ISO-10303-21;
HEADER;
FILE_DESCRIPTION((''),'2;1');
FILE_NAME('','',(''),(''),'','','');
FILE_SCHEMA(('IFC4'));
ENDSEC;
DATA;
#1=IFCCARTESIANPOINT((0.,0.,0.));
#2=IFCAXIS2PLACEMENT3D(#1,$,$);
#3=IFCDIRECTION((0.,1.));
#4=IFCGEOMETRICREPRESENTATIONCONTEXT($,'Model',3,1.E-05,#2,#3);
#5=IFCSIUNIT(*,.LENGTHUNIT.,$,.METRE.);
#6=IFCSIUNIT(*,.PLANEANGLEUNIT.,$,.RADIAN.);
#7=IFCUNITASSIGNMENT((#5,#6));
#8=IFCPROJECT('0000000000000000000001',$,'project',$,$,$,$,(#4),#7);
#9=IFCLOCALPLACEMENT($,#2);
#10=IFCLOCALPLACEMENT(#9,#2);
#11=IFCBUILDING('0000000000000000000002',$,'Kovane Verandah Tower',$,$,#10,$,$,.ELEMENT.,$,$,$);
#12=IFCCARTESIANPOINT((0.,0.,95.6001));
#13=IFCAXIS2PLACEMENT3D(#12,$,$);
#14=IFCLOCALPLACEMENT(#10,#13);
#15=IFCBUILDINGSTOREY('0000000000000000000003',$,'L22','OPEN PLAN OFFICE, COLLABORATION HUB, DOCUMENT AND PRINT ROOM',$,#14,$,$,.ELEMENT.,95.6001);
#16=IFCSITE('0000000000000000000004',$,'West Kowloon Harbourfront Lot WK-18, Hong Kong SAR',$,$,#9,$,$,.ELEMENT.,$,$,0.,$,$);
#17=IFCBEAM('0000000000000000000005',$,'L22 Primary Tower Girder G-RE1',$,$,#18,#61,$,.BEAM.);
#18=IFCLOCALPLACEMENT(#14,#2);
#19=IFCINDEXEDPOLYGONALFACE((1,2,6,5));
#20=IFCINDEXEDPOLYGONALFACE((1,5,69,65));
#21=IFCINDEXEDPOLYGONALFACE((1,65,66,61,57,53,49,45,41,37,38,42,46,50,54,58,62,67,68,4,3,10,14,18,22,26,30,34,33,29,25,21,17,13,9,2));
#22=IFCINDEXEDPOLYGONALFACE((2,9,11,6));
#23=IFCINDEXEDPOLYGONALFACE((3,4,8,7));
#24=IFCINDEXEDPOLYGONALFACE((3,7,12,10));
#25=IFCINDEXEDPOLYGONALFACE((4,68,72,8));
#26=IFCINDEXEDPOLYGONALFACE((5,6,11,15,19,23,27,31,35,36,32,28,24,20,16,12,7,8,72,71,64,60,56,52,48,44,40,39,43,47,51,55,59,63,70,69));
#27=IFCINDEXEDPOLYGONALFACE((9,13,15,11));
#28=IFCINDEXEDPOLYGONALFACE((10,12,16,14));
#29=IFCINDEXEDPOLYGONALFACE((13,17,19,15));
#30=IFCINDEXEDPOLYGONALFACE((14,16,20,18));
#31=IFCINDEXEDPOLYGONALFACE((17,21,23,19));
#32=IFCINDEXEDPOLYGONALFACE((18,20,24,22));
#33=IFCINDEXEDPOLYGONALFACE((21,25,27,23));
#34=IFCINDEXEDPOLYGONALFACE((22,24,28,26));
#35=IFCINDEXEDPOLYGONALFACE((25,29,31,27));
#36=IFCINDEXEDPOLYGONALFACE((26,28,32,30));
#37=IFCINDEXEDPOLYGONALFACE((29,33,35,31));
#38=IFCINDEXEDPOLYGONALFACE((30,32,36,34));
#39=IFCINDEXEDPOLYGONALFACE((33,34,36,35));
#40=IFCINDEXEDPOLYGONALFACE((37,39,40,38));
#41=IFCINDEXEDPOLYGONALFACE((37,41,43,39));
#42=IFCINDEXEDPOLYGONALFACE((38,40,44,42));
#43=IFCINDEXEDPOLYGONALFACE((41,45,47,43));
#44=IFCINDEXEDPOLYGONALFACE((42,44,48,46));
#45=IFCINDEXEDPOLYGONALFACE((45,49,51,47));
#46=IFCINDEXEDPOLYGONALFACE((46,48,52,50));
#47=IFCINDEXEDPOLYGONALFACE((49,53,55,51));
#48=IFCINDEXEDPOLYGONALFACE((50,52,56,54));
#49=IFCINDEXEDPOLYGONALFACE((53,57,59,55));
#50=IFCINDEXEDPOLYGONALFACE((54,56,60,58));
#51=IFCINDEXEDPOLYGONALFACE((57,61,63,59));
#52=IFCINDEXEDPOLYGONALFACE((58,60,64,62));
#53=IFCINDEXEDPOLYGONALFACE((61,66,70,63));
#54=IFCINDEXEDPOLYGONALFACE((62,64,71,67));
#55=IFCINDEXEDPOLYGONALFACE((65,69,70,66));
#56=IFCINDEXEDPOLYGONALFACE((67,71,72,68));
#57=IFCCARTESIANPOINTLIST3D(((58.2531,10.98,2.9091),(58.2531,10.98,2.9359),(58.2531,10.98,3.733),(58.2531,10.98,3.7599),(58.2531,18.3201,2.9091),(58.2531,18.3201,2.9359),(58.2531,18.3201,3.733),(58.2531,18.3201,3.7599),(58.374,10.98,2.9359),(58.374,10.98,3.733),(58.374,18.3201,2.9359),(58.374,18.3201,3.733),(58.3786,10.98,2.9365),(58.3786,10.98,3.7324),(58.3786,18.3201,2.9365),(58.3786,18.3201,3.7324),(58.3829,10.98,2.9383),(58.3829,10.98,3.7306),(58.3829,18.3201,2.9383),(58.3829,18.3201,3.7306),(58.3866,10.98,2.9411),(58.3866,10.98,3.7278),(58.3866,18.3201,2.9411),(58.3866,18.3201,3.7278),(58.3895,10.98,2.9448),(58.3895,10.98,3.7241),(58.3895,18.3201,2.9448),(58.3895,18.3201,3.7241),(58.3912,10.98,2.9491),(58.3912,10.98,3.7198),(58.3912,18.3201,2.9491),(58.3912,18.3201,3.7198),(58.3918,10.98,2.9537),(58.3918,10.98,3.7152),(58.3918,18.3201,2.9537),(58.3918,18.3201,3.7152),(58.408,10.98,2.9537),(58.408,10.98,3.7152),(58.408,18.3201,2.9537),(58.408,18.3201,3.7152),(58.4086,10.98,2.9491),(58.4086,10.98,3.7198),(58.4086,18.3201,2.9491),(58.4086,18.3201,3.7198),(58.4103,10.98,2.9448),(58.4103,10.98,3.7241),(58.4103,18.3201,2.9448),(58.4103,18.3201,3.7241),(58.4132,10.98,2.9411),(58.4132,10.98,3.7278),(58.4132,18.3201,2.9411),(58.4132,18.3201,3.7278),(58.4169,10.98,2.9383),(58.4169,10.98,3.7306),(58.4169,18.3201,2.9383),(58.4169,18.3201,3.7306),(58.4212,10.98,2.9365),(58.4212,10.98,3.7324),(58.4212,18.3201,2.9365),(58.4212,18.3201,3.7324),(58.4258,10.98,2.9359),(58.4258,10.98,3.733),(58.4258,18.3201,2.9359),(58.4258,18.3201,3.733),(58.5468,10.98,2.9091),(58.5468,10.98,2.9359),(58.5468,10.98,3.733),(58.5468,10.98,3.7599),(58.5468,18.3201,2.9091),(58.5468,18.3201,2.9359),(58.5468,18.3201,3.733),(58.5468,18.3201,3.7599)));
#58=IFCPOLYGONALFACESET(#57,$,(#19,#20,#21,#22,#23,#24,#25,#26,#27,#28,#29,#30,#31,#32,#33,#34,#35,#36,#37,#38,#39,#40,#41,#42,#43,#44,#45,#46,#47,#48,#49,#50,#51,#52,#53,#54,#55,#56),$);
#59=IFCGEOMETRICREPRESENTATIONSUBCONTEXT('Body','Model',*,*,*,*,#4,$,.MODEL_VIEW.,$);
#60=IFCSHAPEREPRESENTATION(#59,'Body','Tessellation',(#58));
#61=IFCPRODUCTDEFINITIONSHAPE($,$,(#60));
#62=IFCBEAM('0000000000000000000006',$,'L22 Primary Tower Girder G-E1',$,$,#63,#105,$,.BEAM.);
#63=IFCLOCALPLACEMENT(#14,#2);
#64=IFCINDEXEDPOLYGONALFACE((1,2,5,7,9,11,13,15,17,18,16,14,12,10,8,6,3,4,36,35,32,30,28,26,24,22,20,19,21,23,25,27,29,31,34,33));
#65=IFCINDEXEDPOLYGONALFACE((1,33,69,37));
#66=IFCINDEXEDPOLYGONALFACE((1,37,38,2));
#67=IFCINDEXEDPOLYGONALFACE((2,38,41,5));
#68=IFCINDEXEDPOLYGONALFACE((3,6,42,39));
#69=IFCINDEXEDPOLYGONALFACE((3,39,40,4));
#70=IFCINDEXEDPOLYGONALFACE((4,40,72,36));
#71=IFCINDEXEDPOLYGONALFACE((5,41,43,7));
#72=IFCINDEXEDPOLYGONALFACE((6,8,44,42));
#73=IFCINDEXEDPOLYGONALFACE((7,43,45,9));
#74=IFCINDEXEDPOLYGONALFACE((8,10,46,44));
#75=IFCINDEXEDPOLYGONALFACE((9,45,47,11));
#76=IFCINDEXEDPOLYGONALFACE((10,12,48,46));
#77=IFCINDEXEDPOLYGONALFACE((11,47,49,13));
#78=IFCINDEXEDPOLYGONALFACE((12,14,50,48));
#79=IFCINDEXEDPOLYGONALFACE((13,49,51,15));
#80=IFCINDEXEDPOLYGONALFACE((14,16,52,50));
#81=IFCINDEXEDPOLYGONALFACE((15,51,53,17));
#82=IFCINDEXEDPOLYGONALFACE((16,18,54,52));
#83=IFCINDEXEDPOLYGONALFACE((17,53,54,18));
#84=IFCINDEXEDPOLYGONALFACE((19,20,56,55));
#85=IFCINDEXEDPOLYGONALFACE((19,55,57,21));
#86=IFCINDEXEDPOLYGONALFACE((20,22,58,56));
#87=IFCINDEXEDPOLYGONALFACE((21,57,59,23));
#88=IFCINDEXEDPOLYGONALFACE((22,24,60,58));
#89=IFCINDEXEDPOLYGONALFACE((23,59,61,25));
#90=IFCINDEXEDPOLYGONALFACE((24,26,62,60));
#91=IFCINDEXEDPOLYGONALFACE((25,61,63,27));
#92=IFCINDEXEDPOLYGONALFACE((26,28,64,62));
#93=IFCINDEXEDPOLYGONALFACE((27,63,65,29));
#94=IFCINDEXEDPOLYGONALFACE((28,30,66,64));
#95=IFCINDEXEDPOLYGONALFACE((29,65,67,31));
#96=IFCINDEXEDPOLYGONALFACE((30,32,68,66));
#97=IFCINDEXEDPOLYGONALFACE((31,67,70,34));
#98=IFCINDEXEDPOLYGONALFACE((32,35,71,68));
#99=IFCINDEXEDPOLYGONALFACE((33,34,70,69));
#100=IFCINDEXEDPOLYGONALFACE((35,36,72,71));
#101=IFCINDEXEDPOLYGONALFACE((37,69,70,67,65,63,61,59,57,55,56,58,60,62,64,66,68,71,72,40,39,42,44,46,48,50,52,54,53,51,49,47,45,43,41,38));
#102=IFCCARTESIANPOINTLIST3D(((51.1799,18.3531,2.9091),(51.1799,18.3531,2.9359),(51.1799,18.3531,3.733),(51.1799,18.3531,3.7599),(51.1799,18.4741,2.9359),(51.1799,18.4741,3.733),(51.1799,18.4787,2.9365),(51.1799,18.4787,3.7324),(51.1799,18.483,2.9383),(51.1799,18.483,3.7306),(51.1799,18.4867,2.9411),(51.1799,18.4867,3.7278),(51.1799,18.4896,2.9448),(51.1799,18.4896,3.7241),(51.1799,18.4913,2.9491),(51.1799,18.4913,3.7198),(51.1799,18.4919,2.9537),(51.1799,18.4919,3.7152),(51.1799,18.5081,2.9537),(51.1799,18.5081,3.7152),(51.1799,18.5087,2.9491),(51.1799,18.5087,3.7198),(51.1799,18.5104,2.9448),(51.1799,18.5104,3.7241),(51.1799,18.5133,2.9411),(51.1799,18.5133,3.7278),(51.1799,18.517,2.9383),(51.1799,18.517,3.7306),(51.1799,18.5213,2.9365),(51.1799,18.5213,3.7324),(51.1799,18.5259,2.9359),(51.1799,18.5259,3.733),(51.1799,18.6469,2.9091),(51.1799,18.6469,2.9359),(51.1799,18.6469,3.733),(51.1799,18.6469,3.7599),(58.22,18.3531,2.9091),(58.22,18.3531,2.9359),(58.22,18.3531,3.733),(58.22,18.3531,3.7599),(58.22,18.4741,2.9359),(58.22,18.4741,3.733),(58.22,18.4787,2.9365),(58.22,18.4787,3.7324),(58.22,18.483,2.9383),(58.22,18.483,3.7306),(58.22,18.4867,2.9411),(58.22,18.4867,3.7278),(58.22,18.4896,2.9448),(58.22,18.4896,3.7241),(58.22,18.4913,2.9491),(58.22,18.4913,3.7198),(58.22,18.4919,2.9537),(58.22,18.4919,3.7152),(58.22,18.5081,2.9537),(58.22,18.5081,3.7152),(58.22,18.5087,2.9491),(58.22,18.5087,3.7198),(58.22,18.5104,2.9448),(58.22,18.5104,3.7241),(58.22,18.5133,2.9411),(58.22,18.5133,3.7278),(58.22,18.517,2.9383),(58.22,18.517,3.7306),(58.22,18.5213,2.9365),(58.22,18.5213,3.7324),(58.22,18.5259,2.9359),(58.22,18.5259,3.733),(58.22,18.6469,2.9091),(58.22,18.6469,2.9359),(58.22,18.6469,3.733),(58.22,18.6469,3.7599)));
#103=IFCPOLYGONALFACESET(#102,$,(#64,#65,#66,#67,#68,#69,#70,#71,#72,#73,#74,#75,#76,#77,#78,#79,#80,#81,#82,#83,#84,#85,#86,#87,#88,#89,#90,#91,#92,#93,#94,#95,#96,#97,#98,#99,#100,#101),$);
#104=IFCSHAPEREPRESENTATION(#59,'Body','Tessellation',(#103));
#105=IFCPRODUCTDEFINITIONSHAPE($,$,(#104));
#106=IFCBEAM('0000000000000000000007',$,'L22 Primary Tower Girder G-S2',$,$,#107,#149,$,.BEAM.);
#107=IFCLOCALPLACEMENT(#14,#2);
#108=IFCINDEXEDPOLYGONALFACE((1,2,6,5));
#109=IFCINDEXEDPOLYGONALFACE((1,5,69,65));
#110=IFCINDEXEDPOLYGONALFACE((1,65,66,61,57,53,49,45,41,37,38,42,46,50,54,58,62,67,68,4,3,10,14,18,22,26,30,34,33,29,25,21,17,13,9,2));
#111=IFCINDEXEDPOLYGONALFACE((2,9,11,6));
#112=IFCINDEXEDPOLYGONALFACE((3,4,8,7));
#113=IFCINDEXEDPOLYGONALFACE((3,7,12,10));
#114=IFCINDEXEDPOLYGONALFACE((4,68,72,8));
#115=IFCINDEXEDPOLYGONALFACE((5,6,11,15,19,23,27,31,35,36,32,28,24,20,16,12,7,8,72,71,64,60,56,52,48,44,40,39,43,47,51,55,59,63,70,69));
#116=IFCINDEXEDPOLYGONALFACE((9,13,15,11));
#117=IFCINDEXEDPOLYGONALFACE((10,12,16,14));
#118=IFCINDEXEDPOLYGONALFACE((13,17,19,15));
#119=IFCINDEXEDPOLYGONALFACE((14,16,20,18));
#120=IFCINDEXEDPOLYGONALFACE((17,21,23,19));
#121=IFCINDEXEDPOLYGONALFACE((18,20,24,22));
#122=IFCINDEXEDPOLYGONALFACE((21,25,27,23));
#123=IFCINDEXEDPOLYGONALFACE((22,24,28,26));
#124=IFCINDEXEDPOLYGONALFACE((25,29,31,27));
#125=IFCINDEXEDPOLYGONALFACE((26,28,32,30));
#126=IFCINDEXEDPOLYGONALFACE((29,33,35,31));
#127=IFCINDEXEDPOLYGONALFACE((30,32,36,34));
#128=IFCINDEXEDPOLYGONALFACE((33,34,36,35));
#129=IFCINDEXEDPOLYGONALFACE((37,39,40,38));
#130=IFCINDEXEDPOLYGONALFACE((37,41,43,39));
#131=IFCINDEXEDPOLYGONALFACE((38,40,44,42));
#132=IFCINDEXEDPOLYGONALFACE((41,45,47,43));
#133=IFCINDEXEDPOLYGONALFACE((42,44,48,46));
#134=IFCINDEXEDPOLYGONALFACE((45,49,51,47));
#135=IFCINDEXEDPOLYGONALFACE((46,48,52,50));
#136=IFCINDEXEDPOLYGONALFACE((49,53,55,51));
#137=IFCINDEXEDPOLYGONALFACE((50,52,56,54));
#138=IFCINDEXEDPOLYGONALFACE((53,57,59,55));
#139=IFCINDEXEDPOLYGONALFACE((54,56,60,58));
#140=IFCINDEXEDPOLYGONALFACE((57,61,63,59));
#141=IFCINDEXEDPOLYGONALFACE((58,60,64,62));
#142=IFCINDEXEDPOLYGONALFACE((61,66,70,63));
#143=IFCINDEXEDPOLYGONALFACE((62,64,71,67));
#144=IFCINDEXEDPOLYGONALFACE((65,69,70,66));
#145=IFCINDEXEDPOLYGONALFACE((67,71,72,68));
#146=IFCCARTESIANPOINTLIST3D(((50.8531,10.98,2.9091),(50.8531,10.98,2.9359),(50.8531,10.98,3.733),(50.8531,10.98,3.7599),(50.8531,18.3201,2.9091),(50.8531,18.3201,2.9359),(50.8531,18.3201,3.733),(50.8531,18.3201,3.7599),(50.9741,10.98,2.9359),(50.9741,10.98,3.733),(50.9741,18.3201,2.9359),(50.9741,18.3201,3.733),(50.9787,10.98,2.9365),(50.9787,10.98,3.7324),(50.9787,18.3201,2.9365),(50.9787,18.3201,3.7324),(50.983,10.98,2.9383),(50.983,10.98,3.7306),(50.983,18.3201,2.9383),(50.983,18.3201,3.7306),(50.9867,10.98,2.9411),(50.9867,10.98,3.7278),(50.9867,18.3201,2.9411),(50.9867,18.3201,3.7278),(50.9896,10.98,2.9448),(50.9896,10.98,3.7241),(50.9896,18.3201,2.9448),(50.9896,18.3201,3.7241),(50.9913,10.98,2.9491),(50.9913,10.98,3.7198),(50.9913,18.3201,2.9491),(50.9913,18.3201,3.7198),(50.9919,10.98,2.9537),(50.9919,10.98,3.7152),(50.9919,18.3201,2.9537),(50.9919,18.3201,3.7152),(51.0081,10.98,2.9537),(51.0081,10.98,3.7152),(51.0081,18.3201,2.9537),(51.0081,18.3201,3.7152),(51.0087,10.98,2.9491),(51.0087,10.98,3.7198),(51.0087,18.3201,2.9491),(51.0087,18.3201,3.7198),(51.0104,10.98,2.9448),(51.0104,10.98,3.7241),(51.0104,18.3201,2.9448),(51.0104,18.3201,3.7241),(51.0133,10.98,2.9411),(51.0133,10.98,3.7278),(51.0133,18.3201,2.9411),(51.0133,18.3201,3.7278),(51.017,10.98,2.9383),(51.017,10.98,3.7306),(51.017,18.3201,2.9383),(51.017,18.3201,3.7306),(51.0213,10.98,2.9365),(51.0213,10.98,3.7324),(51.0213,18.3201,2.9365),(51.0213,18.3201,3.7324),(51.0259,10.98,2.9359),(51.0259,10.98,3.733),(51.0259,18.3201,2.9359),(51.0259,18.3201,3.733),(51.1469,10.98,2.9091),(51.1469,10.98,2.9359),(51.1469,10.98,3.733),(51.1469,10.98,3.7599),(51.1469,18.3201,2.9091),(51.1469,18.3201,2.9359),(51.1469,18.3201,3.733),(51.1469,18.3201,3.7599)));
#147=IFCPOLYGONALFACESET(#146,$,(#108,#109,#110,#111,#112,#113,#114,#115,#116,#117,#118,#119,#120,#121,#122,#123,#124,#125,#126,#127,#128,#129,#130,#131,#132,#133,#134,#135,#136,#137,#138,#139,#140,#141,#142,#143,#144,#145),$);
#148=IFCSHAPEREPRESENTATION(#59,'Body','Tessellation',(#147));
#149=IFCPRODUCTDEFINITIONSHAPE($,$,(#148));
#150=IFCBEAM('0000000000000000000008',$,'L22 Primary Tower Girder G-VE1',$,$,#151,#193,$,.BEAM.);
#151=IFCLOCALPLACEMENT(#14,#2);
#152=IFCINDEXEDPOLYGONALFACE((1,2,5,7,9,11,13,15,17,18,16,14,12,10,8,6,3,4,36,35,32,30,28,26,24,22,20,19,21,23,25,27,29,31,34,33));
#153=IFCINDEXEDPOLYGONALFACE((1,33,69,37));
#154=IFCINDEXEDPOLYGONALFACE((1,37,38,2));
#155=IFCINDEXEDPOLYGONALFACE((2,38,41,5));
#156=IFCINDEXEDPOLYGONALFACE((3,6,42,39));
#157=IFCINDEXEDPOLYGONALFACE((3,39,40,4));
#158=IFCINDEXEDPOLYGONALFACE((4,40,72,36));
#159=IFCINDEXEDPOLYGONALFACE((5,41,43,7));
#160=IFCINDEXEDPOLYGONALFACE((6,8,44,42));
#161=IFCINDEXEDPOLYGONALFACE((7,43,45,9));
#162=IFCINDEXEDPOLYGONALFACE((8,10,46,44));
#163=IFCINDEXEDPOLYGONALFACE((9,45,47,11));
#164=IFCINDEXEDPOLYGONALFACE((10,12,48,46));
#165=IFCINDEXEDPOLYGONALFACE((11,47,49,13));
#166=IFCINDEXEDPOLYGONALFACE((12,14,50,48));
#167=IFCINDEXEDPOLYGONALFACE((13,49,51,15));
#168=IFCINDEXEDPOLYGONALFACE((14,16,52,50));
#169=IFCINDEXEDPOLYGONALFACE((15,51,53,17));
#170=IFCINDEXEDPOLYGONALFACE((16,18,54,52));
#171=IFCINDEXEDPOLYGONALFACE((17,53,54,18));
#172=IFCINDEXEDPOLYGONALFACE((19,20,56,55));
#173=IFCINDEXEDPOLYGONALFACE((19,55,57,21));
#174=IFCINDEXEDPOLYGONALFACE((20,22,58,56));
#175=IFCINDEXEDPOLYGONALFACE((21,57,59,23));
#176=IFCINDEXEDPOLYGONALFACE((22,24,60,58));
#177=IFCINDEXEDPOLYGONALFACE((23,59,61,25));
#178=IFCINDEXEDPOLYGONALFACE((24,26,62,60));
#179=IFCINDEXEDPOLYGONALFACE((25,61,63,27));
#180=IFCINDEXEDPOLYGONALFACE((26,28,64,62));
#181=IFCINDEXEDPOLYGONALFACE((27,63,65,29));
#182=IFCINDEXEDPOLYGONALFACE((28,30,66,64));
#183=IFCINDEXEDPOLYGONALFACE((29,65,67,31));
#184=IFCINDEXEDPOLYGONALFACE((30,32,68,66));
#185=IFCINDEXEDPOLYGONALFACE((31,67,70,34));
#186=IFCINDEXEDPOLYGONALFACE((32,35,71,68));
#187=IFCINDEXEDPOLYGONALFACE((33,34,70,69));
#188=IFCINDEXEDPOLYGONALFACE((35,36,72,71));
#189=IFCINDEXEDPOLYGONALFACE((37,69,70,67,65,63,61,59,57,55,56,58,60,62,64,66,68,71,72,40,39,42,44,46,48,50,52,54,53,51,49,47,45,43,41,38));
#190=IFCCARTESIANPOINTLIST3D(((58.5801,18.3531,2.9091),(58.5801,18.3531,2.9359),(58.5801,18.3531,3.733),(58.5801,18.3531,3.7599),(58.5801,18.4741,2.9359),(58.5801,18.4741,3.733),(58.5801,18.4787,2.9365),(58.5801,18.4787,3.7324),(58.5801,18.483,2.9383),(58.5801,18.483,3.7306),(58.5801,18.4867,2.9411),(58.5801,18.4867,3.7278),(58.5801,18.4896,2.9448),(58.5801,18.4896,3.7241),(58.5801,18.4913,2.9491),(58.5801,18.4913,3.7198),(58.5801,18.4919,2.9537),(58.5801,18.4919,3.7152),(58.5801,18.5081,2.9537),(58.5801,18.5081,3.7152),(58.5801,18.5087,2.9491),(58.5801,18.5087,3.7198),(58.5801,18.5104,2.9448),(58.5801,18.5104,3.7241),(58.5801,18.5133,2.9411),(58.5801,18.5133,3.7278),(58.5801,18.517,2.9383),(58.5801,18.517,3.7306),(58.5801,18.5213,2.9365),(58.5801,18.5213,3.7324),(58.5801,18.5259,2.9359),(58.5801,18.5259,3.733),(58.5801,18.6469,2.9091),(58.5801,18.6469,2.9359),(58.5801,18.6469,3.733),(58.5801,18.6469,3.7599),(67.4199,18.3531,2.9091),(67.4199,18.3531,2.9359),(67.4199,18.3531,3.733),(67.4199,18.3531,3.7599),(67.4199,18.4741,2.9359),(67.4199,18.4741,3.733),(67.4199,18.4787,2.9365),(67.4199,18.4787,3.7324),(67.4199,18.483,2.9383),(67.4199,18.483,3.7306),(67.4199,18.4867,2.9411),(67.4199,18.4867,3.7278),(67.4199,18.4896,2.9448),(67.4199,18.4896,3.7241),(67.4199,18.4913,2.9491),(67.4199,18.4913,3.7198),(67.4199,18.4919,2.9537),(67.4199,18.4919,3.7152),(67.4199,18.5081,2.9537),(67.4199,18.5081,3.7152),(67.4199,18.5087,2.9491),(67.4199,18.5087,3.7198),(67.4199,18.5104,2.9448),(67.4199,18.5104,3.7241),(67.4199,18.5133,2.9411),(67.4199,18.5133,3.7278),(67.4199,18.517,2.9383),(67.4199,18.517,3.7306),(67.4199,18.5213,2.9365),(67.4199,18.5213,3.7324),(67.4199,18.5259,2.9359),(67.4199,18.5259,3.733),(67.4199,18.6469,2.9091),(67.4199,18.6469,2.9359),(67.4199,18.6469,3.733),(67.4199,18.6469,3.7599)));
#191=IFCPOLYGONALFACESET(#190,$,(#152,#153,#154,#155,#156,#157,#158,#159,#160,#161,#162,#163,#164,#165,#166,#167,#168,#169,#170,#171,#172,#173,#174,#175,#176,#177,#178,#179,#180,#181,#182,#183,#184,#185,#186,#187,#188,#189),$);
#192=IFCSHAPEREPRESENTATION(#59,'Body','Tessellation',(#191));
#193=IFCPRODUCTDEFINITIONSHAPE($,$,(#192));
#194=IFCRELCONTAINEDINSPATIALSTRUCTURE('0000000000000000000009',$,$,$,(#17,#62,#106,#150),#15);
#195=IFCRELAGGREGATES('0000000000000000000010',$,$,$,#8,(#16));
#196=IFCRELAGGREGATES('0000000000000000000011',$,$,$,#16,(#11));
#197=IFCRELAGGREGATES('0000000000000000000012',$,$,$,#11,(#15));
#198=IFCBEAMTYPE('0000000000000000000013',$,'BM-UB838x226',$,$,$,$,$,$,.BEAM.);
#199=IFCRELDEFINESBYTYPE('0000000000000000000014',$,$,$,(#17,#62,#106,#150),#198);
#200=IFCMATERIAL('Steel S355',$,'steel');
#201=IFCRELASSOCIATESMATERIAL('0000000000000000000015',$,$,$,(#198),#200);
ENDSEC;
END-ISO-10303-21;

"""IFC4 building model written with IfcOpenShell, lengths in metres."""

from ifc_helpers import new_model, si_unit, direction, frame, origin, origin_2d, place, context, subcontext, project, spatial, i_section, extrude, material, material_profile, profile_set, type_object, element, save


model = new_model("IFC4")

# Units and contexts
model_context = context("Model", 3, precision=1e-05, world=origin(), true_north=direction((0.0, 1.0)))
body_context = subcontext(model_context, "Body", "Model", "MODEL_VIEW")
ifc_project = project(units=[si_unit("LENGTHUNIT", "METRE"), si_unit("PLANEANGLEUNIT", "RADIAN")], contexts=[model_context])

# Site, building, storey
site_placement = place(None, origin())
site = spatial("IfcSite", under=ifc_project, at=site_placement, Name="West Kowloon Harbourfront Lot WK-18, Hong Kong SAR", CompositionType="ELEMENT", RefElevation=0.0)
building_placement = place(site_placement, origin())
building = spatial("IfcBuilding", under=site, at=building_placement, Name="Kovane Verandah Tower", CompositionType="ELEMENT")
storey_placement = place(building_placement, frame((0.0, 0.0, 95.6001)))
storey = spatial("IfcBuildingStorey", under=building, at=storey_placement, Name="L22", Description="OPEN PLAN OFFICE, COLLABORATION HUB, DOCUMENT AND PRINT ROOM", CompositionType="ELEMENT", Elevation=95.6001)

# Beams
ifc_material_1 = material(Name="Steel S355", Category="steel")
ifc_material_profile_1 = material_profile(ifc_material_1, i_section(OverallWidth=0.2937, OverallDepth=0.8508, WebThickness=0.0161, FlangeThickness=0.0269, FilletRadius=0.0178, at=origin_2d()), Name="UB838x292x226")
ifc_profile_set_1 = profile_set([ifc_material_profile_1], Name="Steel S355")
beam_type_1 = type_object("IfcBeamType", Name="BM-UB838x226", PredefinedType="BEAM", material=ifc_profile_set_1)
beam_1_placement = place(storey_placement, frame((58.3999, 10.98, 3.3345), z_axis=(0.0, 1.0, 0.0), x_axis=(-1.0, 0.0, 0.0)))
element("IfcBeam", 1, at=beam_1_placement, inside=storey, type_object=beam_type_1, Name="L22 Primary Tower Girder G-RE1", PredefinedType="BEAM", context=body_context, shape_type="SweptSolid", body=[
    extrude(i_section(OverallWidth=0.2937, OverallDepth=0.8508, WebThickness=0.0161, FlangeThickness=0.0269, FilletRadius=0.0178, at=origin_2d()), origin(), (0.0, 0.0, 1.0), 7.3401),
])
beam_2_placement = place(storey_placement, frame((51.1799, 18.5, 3.3345), z_axis=(1.0, 0.0, 0.0), x_axis=(0.0, 1.0, 0.0)))
element("IfcBeam", 2, at=beam_2_placement, inside=storey, type_object=beam_type_1, Name="L22 Primary Tower Girder G-E1", PredefinedType="BEAM", context=body_context, shape_type="SweptSolid", body=[
    extrude(i_section(OverallWidth=0.2937, OverallDepth=0.8508, WebThickness=0.0161, FlangeThickness=0.0269, FilletRadius=0.0178, at=origin_2d()), origin(), (0.0, 0.0, 1.0), 7.04),
])
beam_3_placement = place(storey_placement, frame((51.0, 18.3201, 3.3345), z_axis=(0.0, -1.0, 0.0), x_axis=(1.0, 0.0, 0.0)))
element("IfcBeam", 3, at=beam_3_placement, inside=storey, type_object=beam_type_1, Name="L22 Primary Tower Girder G-S2", PredefinedType="BEAM", context=body_context, shape_type="SweptSolid", body=[
    extrude(i_section(OverallWidth=0.2937, OverallDepth=0.8508, WebThickness=0.0161, FlangeThickness=0.0269, FilletRadius=0.0178, at=origin_2d()), origin(), (0.0, 0.0, 1.0), 7.3401),
])
beam_4_placement = place(storey_placement, frame((58.5801, 18.5, 3.3345), z_axis=(1.0, 0.0, 0.0), x_axis=(0.0, 1.0, 0.0)))
element("IfcBeam", 4, at=beam_4_placement, inside=storey, type_object=beam_type_1, Name="L22 Primary Tower Girder G-VE1", PredefinedType="BEAM", context=body_context, shape_type="SweptSolid", body=[
    extrude(i_section(OverallWidth=0.2937, OverallDepth=0.8508, WebThickness=0.0161, FlangeThickness=0.0269, FilletRadius=0.0178, at=origin_2d()), origin(), (0.0, 0.0, 1.0), 8.8398),
])

save(model, "model.ifc")
